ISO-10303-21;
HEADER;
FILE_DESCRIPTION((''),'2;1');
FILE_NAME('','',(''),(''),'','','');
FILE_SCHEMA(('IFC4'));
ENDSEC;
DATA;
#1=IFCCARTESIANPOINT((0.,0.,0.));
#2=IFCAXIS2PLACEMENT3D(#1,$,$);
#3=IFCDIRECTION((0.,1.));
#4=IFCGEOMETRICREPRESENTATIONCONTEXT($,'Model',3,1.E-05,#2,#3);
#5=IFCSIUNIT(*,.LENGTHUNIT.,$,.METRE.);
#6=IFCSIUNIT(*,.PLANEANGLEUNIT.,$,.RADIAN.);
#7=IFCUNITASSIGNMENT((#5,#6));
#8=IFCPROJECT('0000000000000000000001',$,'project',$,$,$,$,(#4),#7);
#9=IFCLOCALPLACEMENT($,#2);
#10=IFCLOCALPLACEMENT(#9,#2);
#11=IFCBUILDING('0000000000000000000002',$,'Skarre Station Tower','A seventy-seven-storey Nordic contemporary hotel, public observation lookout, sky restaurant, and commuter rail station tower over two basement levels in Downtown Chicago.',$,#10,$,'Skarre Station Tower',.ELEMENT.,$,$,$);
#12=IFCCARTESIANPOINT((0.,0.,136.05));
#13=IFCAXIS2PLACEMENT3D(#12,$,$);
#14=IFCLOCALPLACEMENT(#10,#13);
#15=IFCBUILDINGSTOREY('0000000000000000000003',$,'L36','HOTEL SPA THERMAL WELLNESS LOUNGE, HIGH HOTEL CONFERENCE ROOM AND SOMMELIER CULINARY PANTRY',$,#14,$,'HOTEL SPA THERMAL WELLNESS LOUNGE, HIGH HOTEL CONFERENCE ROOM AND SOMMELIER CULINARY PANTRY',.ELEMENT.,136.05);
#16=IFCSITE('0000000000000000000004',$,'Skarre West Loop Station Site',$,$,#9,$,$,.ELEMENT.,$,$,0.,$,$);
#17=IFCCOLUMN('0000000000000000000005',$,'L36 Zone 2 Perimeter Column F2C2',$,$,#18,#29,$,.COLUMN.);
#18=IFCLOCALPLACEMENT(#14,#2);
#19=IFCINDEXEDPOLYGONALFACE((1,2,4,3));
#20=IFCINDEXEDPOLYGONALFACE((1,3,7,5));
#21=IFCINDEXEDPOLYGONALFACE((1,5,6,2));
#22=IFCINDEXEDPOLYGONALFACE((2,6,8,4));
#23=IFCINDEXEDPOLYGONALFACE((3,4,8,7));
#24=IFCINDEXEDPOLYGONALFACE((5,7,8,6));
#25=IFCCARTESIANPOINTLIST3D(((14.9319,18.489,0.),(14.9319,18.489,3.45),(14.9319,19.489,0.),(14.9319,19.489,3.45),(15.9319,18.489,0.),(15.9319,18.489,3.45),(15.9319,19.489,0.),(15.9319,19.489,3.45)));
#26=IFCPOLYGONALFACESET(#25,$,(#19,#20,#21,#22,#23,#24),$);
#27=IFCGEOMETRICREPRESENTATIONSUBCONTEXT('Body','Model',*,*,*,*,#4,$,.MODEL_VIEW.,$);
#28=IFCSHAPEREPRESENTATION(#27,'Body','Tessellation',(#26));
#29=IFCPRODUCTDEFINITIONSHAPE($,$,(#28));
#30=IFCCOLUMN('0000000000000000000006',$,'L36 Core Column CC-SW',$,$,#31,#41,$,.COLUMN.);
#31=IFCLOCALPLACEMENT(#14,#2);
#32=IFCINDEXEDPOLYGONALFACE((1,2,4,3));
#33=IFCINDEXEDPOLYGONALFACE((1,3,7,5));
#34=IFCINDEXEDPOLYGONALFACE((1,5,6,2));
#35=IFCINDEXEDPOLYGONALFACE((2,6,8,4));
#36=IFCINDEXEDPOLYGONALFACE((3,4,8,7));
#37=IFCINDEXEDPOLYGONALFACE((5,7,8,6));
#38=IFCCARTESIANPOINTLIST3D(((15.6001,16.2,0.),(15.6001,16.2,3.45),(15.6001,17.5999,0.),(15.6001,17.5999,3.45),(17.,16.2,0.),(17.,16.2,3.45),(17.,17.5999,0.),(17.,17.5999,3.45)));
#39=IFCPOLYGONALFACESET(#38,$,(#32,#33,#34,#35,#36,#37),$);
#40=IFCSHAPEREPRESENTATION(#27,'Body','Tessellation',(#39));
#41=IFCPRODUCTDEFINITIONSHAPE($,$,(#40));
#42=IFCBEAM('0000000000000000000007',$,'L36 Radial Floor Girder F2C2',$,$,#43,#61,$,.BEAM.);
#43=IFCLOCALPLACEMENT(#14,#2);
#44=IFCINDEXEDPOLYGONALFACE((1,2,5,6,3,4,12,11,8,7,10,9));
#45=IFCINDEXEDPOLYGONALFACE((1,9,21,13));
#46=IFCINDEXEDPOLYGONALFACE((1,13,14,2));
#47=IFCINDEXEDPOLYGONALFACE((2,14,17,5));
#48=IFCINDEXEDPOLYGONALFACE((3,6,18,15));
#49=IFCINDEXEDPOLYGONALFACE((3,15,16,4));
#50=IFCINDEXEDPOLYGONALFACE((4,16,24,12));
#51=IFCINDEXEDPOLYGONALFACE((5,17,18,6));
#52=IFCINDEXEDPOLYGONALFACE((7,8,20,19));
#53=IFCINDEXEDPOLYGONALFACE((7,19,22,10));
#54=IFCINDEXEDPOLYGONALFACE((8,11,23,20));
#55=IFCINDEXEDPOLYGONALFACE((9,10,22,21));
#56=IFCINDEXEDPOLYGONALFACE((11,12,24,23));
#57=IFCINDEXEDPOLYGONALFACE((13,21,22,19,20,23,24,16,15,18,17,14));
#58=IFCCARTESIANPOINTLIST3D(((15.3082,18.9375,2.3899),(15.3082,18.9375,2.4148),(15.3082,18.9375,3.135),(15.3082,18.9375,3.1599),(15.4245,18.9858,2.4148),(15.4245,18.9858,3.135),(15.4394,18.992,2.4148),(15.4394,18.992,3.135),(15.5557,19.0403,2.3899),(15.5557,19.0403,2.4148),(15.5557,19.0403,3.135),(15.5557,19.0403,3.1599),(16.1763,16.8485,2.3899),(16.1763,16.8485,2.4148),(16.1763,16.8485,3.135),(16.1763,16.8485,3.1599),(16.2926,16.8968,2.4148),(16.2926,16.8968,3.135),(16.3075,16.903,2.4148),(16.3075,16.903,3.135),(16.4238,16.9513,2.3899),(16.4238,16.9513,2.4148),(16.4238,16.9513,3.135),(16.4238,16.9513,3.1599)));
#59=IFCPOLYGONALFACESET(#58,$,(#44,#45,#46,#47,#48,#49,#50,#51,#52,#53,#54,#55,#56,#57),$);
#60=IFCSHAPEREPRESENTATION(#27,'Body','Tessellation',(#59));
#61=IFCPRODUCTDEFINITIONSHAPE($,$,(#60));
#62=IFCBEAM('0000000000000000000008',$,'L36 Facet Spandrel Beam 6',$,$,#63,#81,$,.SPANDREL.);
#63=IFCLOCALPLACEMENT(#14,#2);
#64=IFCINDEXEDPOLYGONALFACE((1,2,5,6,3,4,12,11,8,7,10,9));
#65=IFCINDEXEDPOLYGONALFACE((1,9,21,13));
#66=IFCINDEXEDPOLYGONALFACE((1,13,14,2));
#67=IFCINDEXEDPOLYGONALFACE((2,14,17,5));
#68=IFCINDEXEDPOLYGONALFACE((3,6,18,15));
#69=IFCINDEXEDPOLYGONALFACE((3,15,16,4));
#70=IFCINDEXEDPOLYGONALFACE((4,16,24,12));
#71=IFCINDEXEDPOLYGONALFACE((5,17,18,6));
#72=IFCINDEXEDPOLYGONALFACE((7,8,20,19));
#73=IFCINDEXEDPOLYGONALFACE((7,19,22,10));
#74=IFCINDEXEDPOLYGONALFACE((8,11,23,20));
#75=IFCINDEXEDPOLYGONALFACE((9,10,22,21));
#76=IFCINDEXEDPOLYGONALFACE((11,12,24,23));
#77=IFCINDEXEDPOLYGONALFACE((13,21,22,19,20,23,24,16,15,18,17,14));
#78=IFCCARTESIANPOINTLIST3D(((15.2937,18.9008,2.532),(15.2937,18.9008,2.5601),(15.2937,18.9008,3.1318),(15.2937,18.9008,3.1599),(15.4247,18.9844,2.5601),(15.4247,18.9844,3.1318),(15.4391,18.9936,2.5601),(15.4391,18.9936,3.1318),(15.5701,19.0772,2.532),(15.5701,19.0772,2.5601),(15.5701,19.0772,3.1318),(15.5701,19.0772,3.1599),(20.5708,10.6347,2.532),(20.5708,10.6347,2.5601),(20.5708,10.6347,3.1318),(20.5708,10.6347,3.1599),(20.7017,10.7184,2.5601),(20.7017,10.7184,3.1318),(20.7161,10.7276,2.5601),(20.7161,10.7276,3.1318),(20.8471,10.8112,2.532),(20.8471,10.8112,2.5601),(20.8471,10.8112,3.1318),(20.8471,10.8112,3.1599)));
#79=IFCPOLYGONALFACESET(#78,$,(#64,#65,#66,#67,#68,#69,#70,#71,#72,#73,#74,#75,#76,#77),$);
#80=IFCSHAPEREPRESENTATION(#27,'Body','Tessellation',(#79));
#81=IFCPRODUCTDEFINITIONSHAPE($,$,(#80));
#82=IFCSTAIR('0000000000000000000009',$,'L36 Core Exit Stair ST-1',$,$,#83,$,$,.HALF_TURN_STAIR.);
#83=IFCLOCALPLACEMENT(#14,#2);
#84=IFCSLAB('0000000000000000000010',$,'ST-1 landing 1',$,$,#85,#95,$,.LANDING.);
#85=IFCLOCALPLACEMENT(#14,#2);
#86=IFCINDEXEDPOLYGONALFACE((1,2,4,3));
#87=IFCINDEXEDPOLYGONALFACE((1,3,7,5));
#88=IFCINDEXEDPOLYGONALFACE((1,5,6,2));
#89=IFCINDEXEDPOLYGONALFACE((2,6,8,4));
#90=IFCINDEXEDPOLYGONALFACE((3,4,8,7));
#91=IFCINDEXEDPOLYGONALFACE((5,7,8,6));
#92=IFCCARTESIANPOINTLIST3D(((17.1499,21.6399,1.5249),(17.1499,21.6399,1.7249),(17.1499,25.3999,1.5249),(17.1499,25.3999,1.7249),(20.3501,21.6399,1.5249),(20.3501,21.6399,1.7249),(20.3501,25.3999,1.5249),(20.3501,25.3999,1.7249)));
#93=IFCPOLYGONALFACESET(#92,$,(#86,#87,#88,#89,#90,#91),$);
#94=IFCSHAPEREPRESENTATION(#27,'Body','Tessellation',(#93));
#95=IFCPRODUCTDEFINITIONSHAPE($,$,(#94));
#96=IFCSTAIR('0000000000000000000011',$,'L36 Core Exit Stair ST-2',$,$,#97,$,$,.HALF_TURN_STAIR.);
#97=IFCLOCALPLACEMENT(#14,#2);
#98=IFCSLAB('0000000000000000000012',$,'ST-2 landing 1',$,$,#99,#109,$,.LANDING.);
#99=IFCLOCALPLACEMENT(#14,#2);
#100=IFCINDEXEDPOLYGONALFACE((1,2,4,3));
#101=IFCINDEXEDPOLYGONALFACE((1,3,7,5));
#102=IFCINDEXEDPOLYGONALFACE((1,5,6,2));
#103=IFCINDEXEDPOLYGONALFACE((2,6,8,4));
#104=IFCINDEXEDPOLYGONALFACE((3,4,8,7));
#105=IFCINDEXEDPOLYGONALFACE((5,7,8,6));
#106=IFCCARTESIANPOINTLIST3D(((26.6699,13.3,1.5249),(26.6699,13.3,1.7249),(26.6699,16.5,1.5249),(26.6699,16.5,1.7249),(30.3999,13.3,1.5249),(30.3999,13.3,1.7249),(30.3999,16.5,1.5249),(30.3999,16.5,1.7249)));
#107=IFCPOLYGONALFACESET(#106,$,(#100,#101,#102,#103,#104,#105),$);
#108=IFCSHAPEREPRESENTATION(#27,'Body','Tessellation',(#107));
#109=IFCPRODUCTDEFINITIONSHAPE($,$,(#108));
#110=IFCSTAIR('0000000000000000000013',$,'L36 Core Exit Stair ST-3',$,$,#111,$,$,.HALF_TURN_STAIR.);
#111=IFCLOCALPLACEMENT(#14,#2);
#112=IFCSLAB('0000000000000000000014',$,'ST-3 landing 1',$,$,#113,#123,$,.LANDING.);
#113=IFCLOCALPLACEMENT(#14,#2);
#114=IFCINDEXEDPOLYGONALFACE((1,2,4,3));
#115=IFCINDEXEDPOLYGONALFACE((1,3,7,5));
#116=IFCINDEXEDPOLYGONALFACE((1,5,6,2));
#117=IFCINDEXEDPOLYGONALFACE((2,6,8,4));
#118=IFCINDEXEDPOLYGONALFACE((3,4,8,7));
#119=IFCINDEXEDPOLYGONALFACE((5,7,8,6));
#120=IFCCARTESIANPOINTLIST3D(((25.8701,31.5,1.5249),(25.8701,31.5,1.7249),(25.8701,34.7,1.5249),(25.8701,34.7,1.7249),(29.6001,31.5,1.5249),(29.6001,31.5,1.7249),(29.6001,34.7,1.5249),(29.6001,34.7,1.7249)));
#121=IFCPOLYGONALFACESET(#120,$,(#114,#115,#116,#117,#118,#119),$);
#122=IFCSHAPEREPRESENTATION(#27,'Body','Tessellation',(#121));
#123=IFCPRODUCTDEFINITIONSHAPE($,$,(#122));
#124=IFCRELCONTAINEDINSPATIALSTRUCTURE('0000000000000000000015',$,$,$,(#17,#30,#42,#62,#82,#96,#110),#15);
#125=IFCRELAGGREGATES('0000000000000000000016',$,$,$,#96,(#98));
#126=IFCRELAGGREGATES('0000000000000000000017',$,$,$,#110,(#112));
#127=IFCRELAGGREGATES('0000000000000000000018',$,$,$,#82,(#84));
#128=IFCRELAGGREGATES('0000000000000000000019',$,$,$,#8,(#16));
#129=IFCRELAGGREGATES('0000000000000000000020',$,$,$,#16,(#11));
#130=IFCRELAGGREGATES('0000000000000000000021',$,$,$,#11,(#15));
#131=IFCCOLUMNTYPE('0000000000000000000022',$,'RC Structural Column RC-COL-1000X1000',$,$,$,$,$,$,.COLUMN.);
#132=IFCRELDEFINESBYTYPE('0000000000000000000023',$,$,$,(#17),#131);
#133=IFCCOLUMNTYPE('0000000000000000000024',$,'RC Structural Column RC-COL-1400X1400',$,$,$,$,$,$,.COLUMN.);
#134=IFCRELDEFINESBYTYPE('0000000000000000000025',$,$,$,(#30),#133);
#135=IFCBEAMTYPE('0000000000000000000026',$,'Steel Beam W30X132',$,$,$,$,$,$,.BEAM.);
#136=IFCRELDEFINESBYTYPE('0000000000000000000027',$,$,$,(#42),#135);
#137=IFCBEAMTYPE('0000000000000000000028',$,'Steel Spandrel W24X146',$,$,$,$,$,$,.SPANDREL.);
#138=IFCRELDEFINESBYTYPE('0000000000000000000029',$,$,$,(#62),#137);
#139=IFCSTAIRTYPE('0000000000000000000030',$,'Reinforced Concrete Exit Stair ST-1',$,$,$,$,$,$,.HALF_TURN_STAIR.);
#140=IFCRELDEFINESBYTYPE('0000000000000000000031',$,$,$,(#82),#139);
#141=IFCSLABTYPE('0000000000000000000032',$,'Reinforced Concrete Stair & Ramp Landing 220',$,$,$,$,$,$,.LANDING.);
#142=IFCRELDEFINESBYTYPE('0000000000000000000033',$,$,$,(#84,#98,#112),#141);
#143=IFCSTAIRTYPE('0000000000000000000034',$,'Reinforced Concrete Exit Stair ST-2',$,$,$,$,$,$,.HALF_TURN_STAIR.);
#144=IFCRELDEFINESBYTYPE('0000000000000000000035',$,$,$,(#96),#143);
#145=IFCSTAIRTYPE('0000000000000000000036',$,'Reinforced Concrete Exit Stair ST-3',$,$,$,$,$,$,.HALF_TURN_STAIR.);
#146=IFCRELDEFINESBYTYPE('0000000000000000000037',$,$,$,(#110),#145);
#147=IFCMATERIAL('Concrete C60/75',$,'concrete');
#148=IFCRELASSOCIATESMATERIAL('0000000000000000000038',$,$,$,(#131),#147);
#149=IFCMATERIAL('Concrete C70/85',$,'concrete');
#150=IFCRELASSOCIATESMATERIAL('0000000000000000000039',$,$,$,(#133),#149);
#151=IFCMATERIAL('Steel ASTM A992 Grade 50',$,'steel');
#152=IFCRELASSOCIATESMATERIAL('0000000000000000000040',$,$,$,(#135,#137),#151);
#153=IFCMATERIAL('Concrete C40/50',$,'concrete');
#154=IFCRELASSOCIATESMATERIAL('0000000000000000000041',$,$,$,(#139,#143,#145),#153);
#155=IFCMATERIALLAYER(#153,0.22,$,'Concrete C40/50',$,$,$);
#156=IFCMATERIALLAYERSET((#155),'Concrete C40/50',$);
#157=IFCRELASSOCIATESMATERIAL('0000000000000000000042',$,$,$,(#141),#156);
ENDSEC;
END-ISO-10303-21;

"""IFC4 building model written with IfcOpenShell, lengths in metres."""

from ifc_helpers import new_model, si_unit, direction, frame, origin, origin_2d, place, context, subcontext, project, spatial, polyline, rectangle, i_section, outline, extrude, material, layer, layer_set, material_profile, profile_set, type_object, element, aggregate, save


model = new_model("IFC4")

# Units and contexts
model_context = context("Model", 3, precision=1e-05, world=origin(), true_north=direction((0.0, 1.0)))
body_context = subcontext(model_context, "Body", "Model", "MODEL_VIEW")
ifc_project = project(units=[si_unit("LENGTHUNIT", "METRE"), si_unit("PLANEANGLEUNIT", "RADIAN")], contexts=[model_context])

# Site, building, storey
site_placement = place(None, origin())
site = spatial("IfcSite", under=ifc_project, at=site_placement, Name="Skarre West Loop Station Site", CompositionType="ELEMENT", RefElevation=0.0)
building_placement = place(site_placement, origin())
building = spatial("IfcBuilding", under=site, at=building_placement, Name="Skarre Station Tower", Description="A seventy-seven-storey Nordic contemporary hotel, public observation lookout, sky restaurant, and commuter rail station tower over two basement levels in Downtown Chicago.", LongName="Skarre Station Tower", CompositionType="ELEMENT")
storey_placement = place(building_placement, frame((0.0, 0.0, 136.05)))
storey = spatial("IfcBuildingStorey", under=building, at=storey_placement, Name="L36", Description="HOTEL SPA THERMAL WELLNESS LOUNGE, HIGH HOTEL CONFERENCE ROOM AND SOMMELIER CULINARY PANTRY", LongName="HOTEL SPA THERMAL WELLNESS LOUNGE, HIGH HOTEL CONFERENCE ROOM AND SOMMELIER CULINARY PANTRY", CompositionType="ELEMENT", Elevation=136.05)

# Columns
ifc_material_1 = material(Name="Concrete C60/75", Category="concrete")
ifc_material_profile_1 = material_profile(ifc_material_1, rectangle(XDim=1.0, YDim=1.0, at=origin_2d()), Name="Concrete C60/75")
ifc_profile_set_1 = profile_set([ifc_material_profile_1], Name="Concrete C60/75")
column_type_1 = type_object("IfcColumnType", Name="RC Structural Column RC-COL-1000X1000", PredefinedType="COLUMN", material=ifc_profile_set_1)
column_1_placement = place(storey_placement, frame((15.4319, 18.989, 0.0), z_axis=(0.0, 0.0, 1.0), x_axis=(1.0, 0.0, 0.0)))
element("IfcColumn", 1, at=column_1_placement, inside=storey, type_object=column_type_1, Name="L36 Zone 2 Perimeter Column F2C2", PredefinedType="COLUMN", context=body_context, shape_type="SweptSolid", body=[
    extrude(rectangle(XDim=1.0, YDim=1.0, at=origin_2d()), origin(), (0.0, 0.0, 1.0), 3.45),
])
ifc_material_2 = material(Name="Concrete C70/85", Category="concrete")
ifc_material_profile_2 = material_profile(ifc_material_2, rectangle(XDim=1.3999, YDim=1.3999, at=origin_2d()), Name="Concrete C70/85")
ifc_profile_set_2 = profile_set([ifc_material_profile_2], Name="Concrete C70/85")
column_type_2 = type_object("IfcColumnType", Name="RC Structural Column RC-COL-1400X1400", PredefinedType="COLUMN", material=ifc_profile_set_2)
column_2_placement = place(storey_placement, frame((16.3, 16.8999, 0.0), z_axis=(0.0, 0.0, 1.0), x_axis=(1.0, 0.0, 0.0)))
element("IfcColumn", 2, at=column_2_placement, inside=storey, type_object=column_type_2, Name="L36 Core Column CC-SW", PredefinedType="COLUMN", context=body_context, shape_type="SweptSolid", body=[
    extrude(rectangle(XDim=1.3999, YDim=1.3999, at=origin_2d()), origin(), (0.0, 0.0, 1.0), 3.45),
])

# Beams
ifc_material_3 = material(Name="Steel ASTM A992 Grade 50", Category="steel")
ifc_material_profile_3 = material_profile(ifc_material_3, i_section(OverallWidth=0.2681, OverallDepth=0.77, WebThickness=0.0161, FlangeThickness=0.0249, at=origin_2d()), Name="Steel ASTM A992 Grade 50")
ifc_profile_set_3 = profile_set([ifc_material_profile_3], Name="Steel ASTM A992 Grade 50")
beam_type_1 = type_object("IfcBeamType", Name="Steel Beam W30X132", PredefinedType="BEAM", material=ifc_profile_set_3)
beam_1_placement = place(storey_placement, frame((16.3, 16.8999, 2.7749), z_axis=(-0.383749, 0.923437, 0.0), x_axis=(-0.923437, -0.383749, 0.0)))
element("IfcBeam", 3, at=beam_1_placement, inside=storey, type_object=beam_type_1, Name="L36 Radial Floor Girder F2C2", PredefinedType="BEAM", context=body_context, shape_type="SweptSolid", body=[
    extrude(i_section(OverallWidth=0.2681, OverallDepth=0.77, WebThickness=0.0161, FlangeThickness=0.0249, at=origin_2d()), origin(), (0.0, 0.0, 1.0), 2.2622),
])
ifc_material_profile_4 = material_profile(ifc_material_3, i_section(OverallWidth=0.3279, OverallDepth=0.6279, WebThickness=0.0171, FlangeThickness=0.0281, at=origin_2d()), Name="Steel ASTM A992 Grade 50")
ifc_profile_set_4 = profile_set([ifc_material_profile_4], Name="Steel ASTM A992 Grade 50")
beam_type_2 = type_object("IfcBeamType", Name="Steel Spandrel W24X146", PredefinedType="SPANDREL", material=ifc_profile_set_4)
beam_2_placement = place(storey_placement, frame((15.4319, 18.989, 2.8459), z_axis=(0.538098, -0.842883, 0.0), x_axis=(0.842883, 0.538098, 0.0)))
element("IfcBeam", 4, at=beam_2_placement, inside=storey, type_object=beam_type_2, Name="L36 Facet Spandrel Beam 6", PredefinedType="SPANDREL", context=body_context, shape_type="SweptSolid", body=[
    extrude(i_section(OverallWidth=0.3279, OverallDepth=0.6279, WebThickness=0.0171, FlangeThickness=0.0281, at=origin_2d()), origin(), (0.0, 0.0, 1.0), 9.8069),
])

# Stairs, slabs
ifc_material_4 = material(Name="Concrete C40/50", Category="concrete")
stair_type_1 = type_object("IfcStairType", Name="Reinforced Concrete Exit Stair ST-1", PredefinedType="HALF_TURN_STAIR", material=ifc_material_4)
stair_1_placement = place(storey_placement, origin())
stair_1 = element("IfcStair", 5, at=stair_1_placement, inside=storey, type_object=stair_type_1, Name="L36 Core Exit Stair ST-1", PredefinedType="HALF_TURN_STAIR")
ifc_layer_1 = layer(ifc_material_4, 0.22, Name="Concrete C40/50")
ifc_layer_set_1 = layer_set([ifc_layer_1], Name="Concrete C40/50")
slab_type_1 = type_object("IfcSlabType", Name="Reinforced Concrete Stair & Ramp Landing 220", PredefinedType="LANDING", material=ifc_layer_set_1)
slab_1_placement = place(storey_placement, frame((0.0, 0.0, 1.5249)))
slab_1 = element("IfcSlab", 6, at=slab_1_placement, type_object=slab_type_1, Name="ST-1 landing 1", PredefinedType="LANDING", context=body_context, shape_type="SweptSolid", body=[
    extrude(outline(polyline([(20.3501, 21.6399), (20.3501, 25.3999), (17.1499, 25.3999), (17.1499, 21.6399), (20.3501, 21.6399)])), origin(), (0.0, 0.0, 1.0), 0.2),
])
stair_type_2 = type_object("IfcStairType", Name="Reinforced Concrete Exit Stair ST-2", PredefinedType="HALF_TURN_STAIR", material=ifc_material_4)
stair_2_placement = place(storey_placement, origin())
stair_2 = element("IfcStair", 7, at=stair_2_placement, inside=storey, type_object=stair_type_2, Name="L36 Core Exit Stair ST-2", PredefinedType="HALF_TURN_STAIR")
slab_2_placement = place(storey_placement, frame((0.0, 0.0, 1.5249)))
slab_2 = element("IfcSlab", 8, at=slab_2_placement, type_object=slab_type_1, Name="ST-2 landing 1", PredefinedType="LANDING", context=body_context, shape_type="SweptSolid", body=[
    extrude(outline(polyline([(26.6699, 13.3), (30.3999, 13.3), (30.3999, 16.5), (26.6699, 16.5), (26.6699, 13.3)])), origin(), (0.0, 0.0, 1.0), 0.2),
])
aggregate(stair_2, [slab_2])
stair_type_3 = type_object("IfcStairType", Name="Reinforced Concrete Exit Stair ST-3", PredefinedType="HALF_TURN_STAIR", material=ifc_material_4)
stair_3_placement = place(storey_placement, origin())
stair_3 = element("IfcStair", 9, at=stair_3_placement, inside=storey, type_object=stair_type_3, Name="L36 Core Exit Stair ST-3", PredefinedType="HALF_TURN_STAIR")
slab_3_placement = place(storey_placement, frame((0.0, 0.0, 1.5249)))
slab_3 = element("IfcSlab", 10, at=slab_3_placement, type_object=slab_type_1, Name="ST-3 landing 1", PredefinedType="LANDING", context=body_context, shape_type="SweptSolid", body=[
    extrude(outline(polyline([(25.8701, 31.5), (29.6001, 31.5), (29.6001, 34.7), (25.8701, 34.7), (25.8701, 31.5)])), origin(), (0.0, 0.0, 1.0), 0.2),
])
aggregate(stair_3, [slab_3])

aggregate(stair_1, [slab_1])

save(model, "model.ifc")
